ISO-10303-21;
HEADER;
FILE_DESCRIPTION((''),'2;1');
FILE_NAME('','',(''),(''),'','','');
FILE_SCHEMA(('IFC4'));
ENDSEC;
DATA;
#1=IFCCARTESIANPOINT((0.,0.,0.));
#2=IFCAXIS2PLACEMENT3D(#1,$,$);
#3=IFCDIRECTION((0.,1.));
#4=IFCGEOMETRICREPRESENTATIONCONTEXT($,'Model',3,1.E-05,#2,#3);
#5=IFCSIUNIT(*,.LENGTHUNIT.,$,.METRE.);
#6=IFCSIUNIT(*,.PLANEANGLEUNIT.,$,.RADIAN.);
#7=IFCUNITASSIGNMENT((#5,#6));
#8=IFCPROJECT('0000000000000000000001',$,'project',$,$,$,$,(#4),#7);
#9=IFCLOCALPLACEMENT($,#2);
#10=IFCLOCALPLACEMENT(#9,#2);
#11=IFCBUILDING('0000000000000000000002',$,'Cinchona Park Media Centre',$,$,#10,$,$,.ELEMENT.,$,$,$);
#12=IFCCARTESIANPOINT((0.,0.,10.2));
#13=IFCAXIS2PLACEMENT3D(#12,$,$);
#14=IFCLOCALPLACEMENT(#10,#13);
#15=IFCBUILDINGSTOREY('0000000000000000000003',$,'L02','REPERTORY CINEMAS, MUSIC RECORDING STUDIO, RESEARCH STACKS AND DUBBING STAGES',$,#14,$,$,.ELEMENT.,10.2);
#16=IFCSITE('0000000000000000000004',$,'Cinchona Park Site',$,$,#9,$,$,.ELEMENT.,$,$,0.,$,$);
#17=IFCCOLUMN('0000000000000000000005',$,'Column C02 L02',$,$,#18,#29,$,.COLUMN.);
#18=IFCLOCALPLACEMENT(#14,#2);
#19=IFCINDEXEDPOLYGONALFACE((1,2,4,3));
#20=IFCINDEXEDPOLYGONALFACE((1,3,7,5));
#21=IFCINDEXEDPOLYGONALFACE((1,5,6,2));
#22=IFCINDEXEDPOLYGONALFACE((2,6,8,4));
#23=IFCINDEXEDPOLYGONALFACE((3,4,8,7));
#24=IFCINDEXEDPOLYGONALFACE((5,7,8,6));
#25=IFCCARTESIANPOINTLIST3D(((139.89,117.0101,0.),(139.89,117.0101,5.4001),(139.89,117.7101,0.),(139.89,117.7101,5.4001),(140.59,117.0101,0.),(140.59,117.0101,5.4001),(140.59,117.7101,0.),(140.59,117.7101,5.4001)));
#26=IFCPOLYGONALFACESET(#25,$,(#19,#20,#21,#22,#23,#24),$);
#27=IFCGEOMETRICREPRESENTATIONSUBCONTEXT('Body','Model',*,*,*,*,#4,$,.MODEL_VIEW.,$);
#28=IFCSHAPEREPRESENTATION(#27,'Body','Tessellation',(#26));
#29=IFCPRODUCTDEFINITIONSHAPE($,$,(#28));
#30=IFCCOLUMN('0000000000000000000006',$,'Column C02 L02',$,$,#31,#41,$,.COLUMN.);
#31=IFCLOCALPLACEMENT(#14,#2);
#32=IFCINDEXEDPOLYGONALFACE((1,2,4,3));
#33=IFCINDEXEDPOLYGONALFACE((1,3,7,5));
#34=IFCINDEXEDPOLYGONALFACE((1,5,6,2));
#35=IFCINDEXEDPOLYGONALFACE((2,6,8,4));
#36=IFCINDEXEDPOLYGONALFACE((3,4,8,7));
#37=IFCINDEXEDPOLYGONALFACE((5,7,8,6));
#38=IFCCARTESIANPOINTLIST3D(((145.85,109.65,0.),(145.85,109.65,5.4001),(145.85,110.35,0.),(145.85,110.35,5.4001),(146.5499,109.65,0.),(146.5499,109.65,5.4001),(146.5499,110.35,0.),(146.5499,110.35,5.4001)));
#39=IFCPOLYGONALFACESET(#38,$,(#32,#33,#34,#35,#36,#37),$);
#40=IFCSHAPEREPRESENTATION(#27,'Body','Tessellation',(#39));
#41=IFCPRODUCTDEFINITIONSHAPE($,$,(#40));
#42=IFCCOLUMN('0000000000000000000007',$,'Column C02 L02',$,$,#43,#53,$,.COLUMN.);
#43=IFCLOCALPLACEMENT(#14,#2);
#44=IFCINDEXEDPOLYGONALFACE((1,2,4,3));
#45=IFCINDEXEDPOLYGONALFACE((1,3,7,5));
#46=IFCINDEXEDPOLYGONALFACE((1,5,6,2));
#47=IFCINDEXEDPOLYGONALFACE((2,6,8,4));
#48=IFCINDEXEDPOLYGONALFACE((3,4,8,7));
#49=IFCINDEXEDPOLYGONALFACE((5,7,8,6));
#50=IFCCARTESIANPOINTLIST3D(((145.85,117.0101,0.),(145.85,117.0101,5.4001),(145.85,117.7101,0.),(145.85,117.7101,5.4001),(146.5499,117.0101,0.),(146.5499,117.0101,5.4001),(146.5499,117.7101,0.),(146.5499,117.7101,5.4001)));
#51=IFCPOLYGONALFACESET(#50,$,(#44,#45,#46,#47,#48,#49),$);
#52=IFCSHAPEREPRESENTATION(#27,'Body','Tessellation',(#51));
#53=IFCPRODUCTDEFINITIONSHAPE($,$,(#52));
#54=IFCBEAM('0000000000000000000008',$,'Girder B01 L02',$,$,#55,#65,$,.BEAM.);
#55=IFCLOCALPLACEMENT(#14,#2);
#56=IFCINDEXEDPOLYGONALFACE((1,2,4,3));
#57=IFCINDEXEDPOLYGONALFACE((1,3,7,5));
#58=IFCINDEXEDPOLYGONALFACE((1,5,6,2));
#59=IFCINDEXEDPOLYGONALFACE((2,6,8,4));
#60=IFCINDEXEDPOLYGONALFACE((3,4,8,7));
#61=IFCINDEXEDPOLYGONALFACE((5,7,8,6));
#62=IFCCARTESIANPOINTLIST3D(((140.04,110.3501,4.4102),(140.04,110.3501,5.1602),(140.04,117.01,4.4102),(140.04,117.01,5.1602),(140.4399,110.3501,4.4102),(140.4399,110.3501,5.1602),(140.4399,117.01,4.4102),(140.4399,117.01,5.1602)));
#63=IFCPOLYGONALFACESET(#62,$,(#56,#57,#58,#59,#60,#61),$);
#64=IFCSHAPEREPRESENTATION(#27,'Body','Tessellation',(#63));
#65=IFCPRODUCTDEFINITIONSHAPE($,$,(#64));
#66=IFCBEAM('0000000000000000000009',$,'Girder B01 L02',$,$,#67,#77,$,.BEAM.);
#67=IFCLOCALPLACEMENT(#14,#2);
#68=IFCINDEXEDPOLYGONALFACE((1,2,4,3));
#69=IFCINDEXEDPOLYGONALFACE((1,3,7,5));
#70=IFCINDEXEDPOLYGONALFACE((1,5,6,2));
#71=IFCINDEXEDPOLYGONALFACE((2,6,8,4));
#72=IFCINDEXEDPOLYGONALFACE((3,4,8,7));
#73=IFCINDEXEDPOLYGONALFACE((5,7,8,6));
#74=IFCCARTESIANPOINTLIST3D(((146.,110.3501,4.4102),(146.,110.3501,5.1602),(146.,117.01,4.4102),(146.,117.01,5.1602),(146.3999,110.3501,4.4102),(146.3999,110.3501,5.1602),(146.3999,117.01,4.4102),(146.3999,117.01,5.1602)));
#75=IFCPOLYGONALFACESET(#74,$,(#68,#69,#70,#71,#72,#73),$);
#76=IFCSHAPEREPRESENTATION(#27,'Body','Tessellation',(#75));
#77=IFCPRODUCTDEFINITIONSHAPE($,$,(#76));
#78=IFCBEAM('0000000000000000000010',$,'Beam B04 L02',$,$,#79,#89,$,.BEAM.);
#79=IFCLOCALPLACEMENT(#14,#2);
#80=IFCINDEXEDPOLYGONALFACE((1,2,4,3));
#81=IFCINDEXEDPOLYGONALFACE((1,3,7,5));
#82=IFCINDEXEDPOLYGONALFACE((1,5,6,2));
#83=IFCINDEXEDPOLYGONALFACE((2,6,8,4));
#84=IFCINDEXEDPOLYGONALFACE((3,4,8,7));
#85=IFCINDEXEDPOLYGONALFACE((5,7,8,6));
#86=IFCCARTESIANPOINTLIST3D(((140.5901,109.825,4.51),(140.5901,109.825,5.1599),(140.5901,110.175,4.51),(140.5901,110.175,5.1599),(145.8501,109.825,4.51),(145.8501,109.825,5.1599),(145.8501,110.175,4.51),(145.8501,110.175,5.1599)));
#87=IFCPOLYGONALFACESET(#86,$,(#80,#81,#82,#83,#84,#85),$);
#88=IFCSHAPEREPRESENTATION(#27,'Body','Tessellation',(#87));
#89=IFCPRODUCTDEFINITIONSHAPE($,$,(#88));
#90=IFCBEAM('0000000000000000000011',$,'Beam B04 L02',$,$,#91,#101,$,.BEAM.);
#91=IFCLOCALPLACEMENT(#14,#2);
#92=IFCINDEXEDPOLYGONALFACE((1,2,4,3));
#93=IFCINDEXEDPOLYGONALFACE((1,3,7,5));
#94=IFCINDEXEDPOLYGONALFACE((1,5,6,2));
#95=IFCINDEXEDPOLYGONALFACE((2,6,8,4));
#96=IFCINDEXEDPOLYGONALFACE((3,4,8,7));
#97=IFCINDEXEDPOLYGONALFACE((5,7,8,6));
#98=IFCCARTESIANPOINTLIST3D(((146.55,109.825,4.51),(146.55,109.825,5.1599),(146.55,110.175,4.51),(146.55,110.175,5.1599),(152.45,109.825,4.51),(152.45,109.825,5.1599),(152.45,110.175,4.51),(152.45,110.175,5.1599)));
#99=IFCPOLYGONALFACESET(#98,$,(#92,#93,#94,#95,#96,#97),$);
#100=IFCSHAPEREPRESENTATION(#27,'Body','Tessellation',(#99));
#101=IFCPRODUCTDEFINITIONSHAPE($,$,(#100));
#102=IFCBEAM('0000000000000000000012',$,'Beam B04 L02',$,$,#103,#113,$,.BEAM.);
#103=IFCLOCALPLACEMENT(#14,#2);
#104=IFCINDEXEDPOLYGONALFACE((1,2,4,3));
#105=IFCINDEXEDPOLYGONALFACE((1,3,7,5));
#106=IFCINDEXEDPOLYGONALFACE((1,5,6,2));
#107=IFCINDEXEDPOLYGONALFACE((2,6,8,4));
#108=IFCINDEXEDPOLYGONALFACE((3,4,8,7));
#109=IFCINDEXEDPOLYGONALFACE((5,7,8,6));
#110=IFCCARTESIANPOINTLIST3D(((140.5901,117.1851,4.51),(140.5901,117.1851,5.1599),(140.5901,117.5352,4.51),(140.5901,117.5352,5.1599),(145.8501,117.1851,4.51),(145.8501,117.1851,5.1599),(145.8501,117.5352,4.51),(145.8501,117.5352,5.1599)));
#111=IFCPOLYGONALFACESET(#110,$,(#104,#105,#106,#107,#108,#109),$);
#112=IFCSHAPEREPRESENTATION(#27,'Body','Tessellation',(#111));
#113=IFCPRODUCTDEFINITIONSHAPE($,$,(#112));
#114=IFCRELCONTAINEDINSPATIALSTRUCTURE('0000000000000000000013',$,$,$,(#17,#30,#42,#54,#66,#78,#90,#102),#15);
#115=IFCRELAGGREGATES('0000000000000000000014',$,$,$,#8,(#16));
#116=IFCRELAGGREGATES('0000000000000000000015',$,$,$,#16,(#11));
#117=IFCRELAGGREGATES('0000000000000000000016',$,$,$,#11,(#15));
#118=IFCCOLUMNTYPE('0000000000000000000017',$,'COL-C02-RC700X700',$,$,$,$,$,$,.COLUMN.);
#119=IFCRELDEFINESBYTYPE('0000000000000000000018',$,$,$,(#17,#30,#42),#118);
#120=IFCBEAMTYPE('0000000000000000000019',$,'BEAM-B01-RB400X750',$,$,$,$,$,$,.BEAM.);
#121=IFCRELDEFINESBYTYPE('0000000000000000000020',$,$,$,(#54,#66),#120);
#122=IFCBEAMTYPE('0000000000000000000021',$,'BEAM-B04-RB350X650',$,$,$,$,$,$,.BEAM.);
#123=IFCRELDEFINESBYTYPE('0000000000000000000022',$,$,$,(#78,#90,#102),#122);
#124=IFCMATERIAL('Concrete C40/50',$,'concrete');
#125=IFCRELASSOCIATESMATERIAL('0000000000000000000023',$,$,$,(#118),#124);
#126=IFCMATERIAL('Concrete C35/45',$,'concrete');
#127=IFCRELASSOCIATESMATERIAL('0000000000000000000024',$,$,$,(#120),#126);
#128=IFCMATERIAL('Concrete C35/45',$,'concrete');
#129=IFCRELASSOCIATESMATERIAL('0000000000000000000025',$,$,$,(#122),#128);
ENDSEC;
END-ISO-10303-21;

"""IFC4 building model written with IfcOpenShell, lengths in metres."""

from ifc_helpers import new_model, si_unit, direction, frame, origin, origin_2d, place, context, subcontext, project, spatial, rectangle, extrude, material, material_profile, profile_set, type_object, element, save


model = new_model("IFC4")

# Units and contexts
model_context = context("Model", 3, precision=1e-05, world=origin(), true_north=direction((0.0, 1.0)))
body_context = subcontext(model_context, "Body", "Model", "MODEL_VIEW")
ifc_project = project(units=[si_unit("LENGTHUNIT", "METRE"), si_unit("PLANEANGLEUNIT", "RADIAN")], contexts=[model_context])

# Site, building, storey
site_placement = place(None, origin())
site = spatial("IfcSite", under=ifc_project, at=site_placement, Name="Cinchona Park Site", CompositionType="ELEMENT", RefElevation=0.0)
building_placement = place(site_placement, origin())
building = spatial("IfcBuilding", under=site, at=building_placement, Name="Cinchona Park Media Centre", CompositionType="ELEMENT")
storey_placement = place(building_placement, frame((0.0, 0.0, 10.2)))
storey = spatial("IfcBuildingStorey", under=building, at=storey_placement, Name="L02", Description="REPERTORY CINEMAS, MUSIC RECORDING STUDIO, RESEARCH STACKS AND DUBBING STAGES", CompositionType="ELEMENT", Elevation=10.2)

# Columns
ifc_material_1 = material(Name="Concrete C40/50", Category="concrete")
ifc_material_profile_1 = material_profile(ifc_material_1, rectangle(XDim=0.7, YDim=0.7, at=origin_2d()), Name="RC 700X700")
ifc_profile_set_1 = profile_set([ifc_material_profile_1], Name="Concrete C40/50")
column_type = type_object("IfcColumnType", Name="COL-C02-RC700X700", PredefinedType="COLUMN", material=ifc_profile_set_1)
for number, where, z_axis, x_axis, name in (
    (1, (140.24, 117.3601, 0.0), (0.0, 0.0, 1.0), (1.0, 0.0, 0.0), "Column C02 L02"),
    (2, (146.2, 110.0, 0.0), (0.0, 0.0, 1.0), (1.0, 0.0, 0.0), "Column C02 L02"),
    (3, (146.2, 117.3601, 0.0), (0.0, 0.0, 1.0), (1.0, 0.0, 0.0), "Column C02 L02"),
):
    element("IfcColumn", number, at=place(storey_placement, frame(where, z_axis=z_axis, x_axis=x_axis)), inside=storey, type_object=column_type, Name=name, PredefinedType="COLUMN", context=body_context, shape_type="SweptSolid", body=[
        extrude(rectangle(XDim=0.7, YDim=0.7, at=origin_2d()), origin(), (0.0, 0.0, 1.0), 5.4001),
    ])

# Beams
ifc_material_2 = material(Name="Concrete C35/45", Category="concrete")
ifc_material_profile_2 = material_profile(ifc_material_2, rectangle(XDim=0.3999, YDim=0.75, at=origin_2d()), Name="RB 400X750")
ifc_profile_set_2 = profile_set([ifc_material_profile_2], Name="Concrete C35/45")
beam_type_1 = type_object("IfcBeamType", Name="BEAM-B01-RB400X750", PredefinedType="BEAM", material=ifc_profile_set_2)
for number, where, z_axis, x_axis, name in (
    (4, (140.24, 110.3501, 4.7852), (0.0, 1.0, 0.0), (-1.0, 0.0, 0.0), "Girder B01 L02"),
    (5, (146.2, 110.3501, 4.7852), (0.0, 1.0, 0.0), (-1.0, 0.0, 0.0), "Girder B01 L02"),
):
    element("IfcBeam", number, at=place(storey_placement, frame(where, z_axis=z_axis, x_axis=x_axis)), inside=storey, type_object=beam_type_1, Name=name, PredefinedType="BEAM", context=body_context, shape_type="SweptSolid", body=[
        extrude(rectangle(XDim=0.3999, YDim=0.75, at=origin_2d()), origin(), (0.0, 0.0, 1.0), 6.6599),
    ])
ifc_material_3 = material(Name="Concrete C35/45", Category="concrete")
ifc_material_profile_3 = material_profile(ifc_material_3, rectangle(XDim=0.3501, YDim=0.6499, at=origin_2d()), Name="RB 350X650")
ifc_profile_set_3 = profile_set([ifc_material_profile_3], Name="Concrete C35/45")
beam_type_2 = type_object("IfcBeamType", Name="BEAM-B04-RB350X650", PredefinedType="BEAM", material=ifc_profile_set_3)
beam_1_placement = place(storey_placement, frame((140.5901, 110.0, 4.835), z_axis=(1.0, 0.0, 0.0), x_axis=(0.0, 1.0, 0.0)))
element("IfcBeam", 6, at=beam_1_placement, inside=storey, type_object=beam_type_2, Name="Beam B04 L02", PredefinedType="BEAM", context=body_context, shape_type="SweptSolid", body=[
    extrude(rectangle(XDim=0.3501, YDim=0.6499, at=origin_2d()), origin(), (0.0, 0.0, 1.0), 5.26),
])
beam_2_placement = place(storey_placement, frame((146.55, 110.0, 4.835), z_axis=(1.0, 0.0, 0.0), x_axis=(0.0, 1.0, 0.0)))
element("IfcBeam", 7, at=beam_2_placement, inside=storey, type_object=beam_type_2, Name="Beam B04 L02", PredefinedType="BEAM", context=body_context, shape_type="SweptSolid", body=[
    extrude(rectangle(XDim=0.3501, YDim=0.6499, at=origin_2d()), origin(), (0.0, 0.0, 1.0), 5.8999),
])
beam_3_placement = place(storey_placement, frame((140.5901, 117.3601, 4.835), z_axis=(1.0, 0.0, 0.0), x_axis=(0.0, 1.0, 0.0)))
element("IfcBeam", 8, at=beam_3_placement, inside=storey, type_object=beam_type_2, Name="Beam B04 L02", PredefinedType="BEAM", context=body_context, shape_type="SweptSolid", body=[
    extrude(rectangle(XDim=0.3501, YDim=0.6499, at=origin_2d()), origin(), (0.0, 0.0, 1.0), 5.26),
])

save(model, "model.ifc")
